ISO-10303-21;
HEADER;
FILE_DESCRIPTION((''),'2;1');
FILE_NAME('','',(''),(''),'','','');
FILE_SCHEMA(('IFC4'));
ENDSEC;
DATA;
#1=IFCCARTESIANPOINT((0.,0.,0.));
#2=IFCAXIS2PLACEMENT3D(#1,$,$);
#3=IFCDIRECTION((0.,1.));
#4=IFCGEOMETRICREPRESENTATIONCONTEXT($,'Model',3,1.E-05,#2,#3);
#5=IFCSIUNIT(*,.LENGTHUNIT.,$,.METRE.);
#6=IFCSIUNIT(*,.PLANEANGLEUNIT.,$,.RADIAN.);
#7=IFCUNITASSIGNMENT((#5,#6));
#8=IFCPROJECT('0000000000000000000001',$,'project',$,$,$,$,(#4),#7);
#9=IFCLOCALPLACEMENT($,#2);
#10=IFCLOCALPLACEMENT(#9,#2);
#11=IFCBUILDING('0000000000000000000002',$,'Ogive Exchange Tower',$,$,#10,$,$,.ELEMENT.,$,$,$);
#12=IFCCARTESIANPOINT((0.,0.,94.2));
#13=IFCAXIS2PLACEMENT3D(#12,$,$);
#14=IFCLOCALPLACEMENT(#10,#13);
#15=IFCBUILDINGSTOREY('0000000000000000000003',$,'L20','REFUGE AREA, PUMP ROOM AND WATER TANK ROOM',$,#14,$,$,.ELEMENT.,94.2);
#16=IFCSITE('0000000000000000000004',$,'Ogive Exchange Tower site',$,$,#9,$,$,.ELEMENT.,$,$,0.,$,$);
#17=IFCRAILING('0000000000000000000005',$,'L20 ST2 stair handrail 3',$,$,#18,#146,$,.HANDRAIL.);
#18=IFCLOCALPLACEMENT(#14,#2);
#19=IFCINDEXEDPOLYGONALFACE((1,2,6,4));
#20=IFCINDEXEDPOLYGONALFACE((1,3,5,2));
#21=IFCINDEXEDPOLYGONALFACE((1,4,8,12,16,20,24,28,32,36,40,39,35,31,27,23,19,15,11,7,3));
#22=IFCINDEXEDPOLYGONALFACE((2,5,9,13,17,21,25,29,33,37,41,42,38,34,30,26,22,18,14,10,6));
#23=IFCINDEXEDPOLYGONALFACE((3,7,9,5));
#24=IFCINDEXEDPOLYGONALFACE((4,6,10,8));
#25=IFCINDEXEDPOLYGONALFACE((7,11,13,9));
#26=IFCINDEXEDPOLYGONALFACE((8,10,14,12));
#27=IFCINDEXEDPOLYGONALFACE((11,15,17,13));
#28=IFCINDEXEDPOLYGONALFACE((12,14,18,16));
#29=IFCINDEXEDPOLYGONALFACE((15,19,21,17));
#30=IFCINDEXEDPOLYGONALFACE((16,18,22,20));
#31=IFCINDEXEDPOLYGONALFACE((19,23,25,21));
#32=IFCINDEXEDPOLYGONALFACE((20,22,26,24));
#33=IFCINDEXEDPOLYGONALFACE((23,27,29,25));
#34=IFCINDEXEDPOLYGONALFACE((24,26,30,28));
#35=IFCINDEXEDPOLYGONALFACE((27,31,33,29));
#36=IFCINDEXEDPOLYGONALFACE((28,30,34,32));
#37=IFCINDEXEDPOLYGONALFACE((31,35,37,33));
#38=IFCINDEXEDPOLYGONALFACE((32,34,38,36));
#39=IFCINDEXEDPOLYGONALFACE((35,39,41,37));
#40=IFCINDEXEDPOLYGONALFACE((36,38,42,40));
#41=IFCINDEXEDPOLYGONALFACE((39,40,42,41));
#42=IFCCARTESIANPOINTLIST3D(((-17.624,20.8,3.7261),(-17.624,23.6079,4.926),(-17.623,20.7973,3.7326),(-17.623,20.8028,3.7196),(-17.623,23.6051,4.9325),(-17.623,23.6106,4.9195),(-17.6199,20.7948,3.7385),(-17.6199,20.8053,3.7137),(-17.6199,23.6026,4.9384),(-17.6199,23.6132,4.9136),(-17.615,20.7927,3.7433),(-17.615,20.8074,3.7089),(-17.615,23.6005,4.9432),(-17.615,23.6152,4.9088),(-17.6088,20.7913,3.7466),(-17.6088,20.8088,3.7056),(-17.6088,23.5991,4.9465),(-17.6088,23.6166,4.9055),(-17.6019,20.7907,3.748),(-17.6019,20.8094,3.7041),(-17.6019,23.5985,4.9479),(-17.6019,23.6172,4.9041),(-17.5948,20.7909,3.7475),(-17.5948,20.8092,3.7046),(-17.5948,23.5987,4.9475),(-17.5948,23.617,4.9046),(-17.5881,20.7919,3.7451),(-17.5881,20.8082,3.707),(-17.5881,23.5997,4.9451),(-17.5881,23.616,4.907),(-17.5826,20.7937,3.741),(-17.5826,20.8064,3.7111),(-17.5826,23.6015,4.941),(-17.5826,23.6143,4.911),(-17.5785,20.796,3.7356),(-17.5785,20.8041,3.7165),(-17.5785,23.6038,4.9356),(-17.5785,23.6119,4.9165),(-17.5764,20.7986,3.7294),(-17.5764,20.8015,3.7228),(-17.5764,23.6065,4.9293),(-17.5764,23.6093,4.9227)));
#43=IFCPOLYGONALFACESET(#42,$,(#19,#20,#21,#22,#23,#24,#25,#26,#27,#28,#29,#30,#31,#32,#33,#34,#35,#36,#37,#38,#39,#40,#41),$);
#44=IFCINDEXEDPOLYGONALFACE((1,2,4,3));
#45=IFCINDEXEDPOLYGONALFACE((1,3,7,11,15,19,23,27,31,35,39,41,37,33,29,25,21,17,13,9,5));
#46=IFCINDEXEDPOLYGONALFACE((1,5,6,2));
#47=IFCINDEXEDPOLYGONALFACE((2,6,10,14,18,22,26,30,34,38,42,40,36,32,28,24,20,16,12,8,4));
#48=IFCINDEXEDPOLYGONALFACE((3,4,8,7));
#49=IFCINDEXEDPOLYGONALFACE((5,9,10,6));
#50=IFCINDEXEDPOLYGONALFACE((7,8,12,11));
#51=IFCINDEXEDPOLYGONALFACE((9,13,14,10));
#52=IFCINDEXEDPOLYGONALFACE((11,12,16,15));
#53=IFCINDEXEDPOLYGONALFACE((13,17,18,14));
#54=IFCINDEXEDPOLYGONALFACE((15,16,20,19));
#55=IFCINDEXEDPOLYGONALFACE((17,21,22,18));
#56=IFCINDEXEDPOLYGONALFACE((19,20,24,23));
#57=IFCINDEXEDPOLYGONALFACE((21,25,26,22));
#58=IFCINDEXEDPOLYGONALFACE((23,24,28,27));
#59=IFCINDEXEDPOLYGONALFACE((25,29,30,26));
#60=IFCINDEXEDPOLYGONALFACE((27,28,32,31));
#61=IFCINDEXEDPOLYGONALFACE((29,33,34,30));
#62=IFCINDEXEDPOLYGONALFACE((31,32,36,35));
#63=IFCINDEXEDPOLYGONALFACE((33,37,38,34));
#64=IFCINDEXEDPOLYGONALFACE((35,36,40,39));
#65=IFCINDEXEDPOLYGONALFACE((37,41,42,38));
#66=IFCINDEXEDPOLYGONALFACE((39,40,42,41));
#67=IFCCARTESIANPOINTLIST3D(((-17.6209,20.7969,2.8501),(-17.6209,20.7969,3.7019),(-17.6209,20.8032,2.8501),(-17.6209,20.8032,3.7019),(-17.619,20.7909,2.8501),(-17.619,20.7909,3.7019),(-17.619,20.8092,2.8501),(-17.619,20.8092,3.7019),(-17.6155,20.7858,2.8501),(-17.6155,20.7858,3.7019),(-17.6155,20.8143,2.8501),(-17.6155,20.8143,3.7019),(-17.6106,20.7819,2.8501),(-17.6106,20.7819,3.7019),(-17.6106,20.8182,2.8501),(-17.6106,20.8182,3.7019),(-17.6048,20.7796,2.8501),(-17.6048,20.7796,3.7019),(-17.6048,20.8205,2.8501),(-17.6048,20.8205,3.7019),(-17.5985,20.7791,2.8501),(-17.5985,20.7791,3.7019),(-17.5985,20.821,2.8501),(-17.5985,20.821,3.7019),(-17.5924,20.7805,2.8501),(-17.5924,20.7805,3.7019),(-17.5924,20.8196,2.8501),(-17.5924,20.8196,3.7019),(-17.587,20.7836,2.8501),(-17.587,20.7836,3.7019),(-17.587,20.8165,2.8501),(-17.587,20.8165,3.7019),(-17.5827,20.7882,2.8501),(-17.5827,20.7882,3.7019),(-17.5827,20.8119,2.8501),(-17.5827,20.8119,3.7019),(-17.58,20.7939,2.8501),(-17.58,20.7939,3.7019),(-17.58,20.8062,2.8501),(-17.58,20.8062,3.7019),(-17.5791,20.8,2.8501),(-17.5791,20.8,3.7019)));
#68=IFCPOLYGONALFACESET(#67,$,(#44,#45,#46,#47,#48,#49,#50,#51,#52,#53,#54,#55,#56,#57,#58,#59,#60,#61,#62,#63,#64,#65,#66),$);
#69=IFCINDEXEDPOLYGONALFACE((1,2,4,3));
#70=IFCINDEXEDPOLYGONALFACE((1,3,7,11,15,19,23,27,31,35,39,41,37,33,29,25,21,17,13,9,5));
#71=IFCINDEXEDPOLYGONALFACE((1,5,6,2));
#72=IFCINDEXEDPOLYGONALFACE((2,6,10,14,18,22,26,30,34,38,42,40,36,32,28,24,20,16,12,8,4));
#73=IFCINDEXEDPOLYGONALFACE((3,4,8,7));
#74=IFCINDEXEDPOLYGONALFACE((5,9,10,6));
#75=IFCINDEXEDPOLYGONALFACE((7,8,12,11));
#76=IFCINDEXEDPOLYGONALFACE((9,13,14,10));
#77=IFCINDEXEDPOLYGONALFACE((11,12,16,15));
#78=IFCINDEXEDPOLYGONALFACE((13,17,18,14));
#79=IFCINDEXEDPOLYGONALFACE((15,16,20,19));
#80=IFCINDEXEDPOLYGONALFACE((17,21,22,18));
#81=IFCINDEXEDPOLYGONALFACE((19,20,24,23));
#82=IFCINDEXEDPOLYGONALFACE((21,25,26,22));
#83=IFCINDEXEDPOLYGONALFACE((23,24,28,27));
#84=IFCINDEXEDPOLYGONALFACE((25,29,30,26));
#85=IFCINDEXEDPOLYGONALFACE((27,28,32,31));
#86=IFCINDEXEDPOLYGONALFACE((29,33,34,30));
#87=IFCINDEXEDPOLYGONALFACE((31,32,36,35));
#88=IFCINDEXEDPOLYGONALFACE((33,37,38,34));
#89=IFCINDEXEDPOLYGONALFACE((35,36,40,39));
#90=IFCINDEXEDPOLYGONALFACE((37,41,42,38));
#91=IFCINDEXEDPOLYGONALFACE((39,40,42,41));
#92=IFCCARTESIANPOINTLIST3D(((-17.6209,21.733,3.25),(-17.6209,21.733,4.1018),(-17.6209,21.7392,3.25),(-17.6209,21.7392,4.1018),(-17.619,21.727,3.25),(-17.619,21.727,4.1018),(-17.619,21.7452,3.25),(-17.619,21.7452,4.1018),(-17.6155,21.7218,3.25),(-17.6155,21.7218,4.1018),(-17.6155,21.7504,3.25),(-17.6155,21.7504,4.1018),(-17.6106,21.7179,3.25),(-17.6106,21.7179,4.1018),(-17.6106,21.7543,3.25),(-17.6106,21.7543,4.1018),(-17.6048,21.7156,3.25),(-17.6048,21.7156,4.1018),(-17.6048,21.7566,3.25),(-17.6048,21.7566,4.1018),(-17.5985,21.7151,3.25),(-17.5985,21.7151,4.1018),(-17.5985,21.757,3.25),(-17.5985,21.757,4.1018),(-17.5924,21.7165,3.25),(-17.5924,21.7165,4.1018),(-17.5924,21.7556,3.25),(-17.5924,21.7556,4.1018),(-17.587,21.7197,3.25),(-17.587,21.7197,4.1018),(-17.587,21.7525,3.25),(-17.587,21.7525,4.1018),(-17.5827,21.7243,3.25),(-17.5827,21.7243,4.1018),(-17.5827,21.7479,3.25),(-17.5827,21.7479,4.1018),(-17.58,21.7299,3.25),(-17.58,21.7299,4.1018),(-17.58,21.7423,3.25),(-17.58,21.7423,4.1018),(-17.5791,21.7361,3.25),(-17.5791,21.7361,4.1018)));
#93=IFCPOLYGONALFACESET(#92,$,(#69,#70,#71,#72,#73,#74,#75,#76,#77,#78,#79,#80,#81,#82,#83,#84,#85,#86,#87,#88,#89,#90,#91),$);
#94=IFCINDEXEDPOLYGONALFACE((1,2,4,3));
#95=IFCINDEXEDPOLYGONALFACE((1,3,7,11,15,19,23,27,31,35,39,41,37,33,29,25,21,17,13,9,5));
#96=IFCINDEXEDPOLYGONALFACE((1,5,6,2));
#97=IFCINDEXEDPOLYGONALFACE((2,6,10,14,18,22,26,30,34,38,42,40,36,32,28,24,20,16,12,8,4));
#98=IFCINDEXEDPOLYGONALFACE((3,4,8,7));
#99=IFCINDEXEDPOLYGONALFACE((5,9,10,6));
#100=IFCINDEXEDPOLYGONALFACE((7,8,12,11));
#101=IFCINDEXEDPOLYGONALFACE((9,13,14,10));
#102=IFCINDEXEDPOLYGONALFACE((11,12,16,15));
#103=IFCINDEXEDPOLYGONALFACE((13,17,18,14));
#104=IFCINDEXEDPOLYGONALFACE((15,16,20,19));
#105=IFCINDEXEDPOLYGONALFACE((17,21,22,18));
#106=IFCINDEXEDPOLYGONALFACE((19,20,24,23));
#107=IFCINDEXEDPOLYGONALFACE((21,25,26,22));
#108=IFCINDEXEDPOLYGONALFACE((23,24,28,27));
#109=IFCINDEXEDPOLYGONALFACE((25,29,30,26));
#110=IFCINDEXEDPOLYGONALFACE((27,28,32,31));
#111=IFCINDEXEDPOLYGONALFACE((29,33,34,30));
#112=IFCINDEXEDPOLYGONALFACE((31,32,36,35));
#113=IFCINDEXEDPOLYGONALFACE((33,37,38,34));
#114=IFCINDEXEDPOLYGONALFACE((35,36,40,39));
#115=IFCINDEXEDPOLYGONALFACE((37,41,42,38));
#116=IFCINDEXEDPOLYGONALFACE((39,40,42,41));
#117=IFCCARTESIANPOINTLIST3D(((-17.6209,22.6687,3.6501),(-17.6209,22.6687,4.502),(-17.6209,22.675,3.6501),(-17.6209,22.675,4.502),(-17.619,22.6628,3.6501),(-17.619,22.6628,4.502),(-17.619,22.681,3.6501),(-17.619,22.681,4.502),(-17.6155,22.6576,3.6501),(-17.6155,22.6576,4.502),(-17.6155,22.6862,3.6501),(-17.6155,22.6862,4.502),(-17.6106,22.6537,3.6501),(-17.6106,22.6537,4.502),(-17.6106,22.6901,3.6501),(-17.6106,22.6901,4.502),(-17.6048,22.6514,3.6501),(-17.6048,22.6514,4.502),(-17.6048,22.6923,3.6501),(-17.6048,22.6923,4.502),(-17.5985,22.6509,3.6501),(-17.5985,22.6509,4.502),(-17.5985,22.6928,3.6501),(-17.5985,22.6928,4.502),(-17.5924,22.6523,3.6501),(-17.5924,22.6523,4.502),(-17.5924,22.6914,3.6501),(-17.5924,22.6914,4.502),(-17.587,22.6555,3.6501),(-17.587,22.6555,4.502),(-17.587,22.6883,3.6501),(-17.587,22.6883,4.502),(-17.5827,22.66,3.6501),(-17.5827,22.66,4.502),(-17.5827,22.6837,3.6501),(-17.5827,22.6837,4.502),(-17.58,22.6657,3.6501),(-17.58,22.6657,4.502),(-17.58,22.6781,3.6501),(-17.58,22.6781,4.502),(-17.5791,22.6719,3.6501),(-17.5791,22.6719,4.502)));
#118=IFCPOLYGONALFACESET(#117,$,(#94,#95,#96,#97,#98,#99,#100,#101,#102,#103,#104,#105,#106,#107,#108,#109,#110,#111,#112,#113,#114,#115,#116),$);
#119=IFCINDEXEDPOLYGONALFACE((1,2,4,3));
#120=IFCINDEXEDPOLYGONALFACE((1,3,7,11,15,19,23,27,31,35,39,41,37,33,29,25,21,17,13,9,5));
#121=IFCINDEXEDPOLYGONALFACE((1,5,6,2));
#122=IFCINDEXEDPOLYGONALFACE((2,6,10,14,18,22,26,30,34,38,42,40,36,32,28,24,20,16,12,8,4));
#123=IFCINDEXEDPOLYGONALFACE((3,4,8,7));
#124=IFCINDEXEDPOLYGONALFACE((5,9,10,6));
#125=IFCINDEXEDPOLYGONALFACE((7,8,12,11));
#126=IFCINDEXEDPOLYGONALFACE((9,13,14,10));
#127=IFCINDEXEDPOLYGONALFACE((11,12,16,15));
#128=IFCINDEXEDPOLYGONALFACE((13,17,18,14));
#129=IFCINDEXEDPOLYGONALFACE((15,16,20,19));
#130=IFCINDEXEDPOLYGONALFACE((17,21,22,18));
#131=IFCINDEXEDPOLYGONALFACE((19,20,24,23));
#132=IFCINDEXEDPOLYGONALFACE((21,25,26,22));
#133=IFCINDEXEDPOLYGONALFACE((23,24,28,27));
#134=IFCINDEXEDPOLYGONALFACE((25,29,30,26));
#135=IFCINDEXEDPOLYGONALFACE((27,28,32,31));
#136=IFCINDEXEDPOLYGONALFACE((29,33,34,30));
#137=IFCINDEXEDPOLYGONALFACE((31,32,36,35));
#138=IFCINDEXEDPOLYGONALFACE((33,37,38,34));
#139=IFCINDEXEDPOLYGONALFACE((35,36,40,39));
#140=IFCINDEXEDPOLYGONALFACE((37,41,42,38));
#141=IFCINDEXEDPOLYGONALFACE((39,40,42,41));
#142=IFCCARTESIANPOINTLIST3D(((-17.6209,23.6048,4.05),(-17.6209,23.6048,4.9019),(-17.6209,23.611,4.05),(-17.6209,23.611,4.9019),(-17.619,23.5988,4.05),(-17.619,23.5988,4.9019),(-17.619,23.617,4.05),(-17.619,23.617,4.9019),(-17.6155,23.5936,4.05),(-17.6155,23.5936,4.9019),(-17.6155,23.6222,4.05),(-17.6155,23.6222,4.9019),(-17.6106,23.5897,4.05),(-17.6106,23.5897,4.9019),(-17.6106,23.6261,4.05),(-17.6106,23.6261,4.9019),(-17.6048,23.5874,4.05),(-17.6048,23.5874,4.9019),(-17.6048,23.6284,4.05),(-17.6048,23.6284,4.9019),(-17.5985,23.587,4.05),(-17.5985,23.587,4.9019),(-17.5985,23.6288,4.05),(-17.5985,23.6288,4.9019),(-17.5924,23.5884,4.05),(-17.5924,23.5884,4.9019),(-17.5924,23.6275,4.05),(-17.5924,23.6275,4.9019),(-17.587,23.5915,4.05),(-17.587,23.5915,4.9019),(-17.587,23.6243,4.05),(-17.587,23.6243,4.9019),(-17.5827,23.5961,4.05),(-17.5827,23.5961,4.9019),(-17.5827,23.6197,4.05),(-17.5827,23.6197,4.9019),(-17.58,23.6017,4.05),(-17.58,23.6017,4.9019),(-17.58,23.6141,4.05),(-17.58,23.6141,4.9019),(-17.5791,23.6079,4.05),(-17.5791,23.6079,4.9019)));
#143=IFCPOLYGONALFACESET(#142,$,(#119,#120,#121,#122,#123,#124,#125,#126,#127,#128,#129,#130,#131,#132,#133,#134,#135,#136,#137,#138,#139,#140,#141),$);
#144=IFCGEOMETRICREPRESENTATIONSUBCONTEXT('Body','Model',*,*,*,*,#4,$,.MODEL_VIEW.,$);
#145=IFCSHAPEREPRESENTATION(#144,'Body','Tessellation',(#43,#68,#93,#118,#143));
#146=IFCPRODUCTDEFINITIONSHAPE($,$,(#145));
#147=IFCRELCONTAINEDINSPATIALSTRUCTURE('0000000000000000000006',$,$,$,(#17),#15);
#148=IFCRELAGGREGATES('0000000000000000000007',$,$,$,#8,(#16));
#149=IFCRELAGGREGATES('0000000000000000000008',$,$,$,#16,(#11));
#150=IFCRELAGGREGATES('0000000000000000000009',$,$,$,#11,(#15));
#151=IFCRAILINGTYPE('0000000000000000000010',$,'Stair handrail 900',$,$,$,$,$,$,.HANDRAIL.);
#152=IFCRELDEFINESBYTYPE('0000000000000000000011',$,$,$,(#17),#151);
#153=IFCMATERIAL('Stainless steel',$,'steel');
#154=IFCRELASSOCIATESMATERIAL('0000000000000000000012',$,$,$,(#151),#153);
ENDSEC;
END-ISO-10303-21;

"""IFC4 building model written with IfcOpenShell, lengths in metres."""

from ifc_helpers import new_model, si_unit, direction, frame, origin, origin_2d, place, context, subcontext, project, spatial, circle, extrude, material, type_object, element, save


model = new_model("IFC4")

# Units and contexts
model_context = context("Model", 3, precision=1e-05, world=origin(), true_north=direction((0.0, 1.0)))
body_context = subcontext(model_context, "Body", "Model", "MODEL_VIEW")
ifc_project = project(units=[si_unit("LENGTHUNIT", "METRE"), si_unit("PLANEANGLEUNIT", "RADIAN")], contexts=[model_context])

# Site, building, storey
site_placement = place(None, origin())
site = spatial("IfcSite", under=ifc_project, at=site_placement, Name="Ogive Exchange Tower site", CompositionType="ELEMENT", RefElevation=0.0)
building_placement = place(site_placement, origin())
building = spatial("IfcBuilding", under=site, at=building_placement, Name="Ogive Exchange Tower", CompositionType="ELEMENT")
storey_placement = place(building_placement, frame((0.0, 0.0, 94.2)))
storey = spatial("IfcBuildingStorey", under=building, at=storey_placement, Name="L20", Description="REFUGE AREA, PUMP ROOM AND WATER TANK ROOM", CompositionType="ELEMENT", Elevation=94.2)

# Railing
ifc_material_1 = material(Name="Stainless steel", Category="steel")
railing_type = type_object("IfcRailingType", Name="Stair handrail 900", PredefinedType="HANDRAIL", material=ifc_material_1)
railing_1_placement = place(storey_placement, frame((-17.6001, 20.8, 2.8501)))
element("IfcRailing", 1, at=railing_1_placement, inside=storey, type_object=railing_type, Name="L20 ST2 stair handrail 3", PredefinedType="HANDRAIL", context=body_context, shape_type="SweptSolid", body=[
    extrude(circle(Radius=0.0239, at=origin_2d()), frame((0.0, 0.0, 0.876), z_axis=(0.0, 0.91955, 0.392973), x_axis=(-1.0, 0.0, 0.0)), (0.0, 0.0, 1.0), 3.0535),
    extrude(circle(Radius=0.021, at=origin_2d()), origin(), (0.0, 0.0, 1.0), 0.8518),
    extrude(circle(Radius=0.021, at=origin_2d()), frame((0.0, 0.936, 0.3999)), (0.0, 0.0, 1.0), 0.8518),
    extrude(circle(Radius=0.021, at=origin_2d()), frame((0.0, 1.8718, 0.8)), (0.0, 0.0, 1.0), 0.8518),
    extrude(circle(Radius=0.021, at=origin_2d()), frame((0.0, 2.8079, 1.2)), (0.0, 0.0, 1.0), 0.8518),
])

save(model, "model.ifc")
